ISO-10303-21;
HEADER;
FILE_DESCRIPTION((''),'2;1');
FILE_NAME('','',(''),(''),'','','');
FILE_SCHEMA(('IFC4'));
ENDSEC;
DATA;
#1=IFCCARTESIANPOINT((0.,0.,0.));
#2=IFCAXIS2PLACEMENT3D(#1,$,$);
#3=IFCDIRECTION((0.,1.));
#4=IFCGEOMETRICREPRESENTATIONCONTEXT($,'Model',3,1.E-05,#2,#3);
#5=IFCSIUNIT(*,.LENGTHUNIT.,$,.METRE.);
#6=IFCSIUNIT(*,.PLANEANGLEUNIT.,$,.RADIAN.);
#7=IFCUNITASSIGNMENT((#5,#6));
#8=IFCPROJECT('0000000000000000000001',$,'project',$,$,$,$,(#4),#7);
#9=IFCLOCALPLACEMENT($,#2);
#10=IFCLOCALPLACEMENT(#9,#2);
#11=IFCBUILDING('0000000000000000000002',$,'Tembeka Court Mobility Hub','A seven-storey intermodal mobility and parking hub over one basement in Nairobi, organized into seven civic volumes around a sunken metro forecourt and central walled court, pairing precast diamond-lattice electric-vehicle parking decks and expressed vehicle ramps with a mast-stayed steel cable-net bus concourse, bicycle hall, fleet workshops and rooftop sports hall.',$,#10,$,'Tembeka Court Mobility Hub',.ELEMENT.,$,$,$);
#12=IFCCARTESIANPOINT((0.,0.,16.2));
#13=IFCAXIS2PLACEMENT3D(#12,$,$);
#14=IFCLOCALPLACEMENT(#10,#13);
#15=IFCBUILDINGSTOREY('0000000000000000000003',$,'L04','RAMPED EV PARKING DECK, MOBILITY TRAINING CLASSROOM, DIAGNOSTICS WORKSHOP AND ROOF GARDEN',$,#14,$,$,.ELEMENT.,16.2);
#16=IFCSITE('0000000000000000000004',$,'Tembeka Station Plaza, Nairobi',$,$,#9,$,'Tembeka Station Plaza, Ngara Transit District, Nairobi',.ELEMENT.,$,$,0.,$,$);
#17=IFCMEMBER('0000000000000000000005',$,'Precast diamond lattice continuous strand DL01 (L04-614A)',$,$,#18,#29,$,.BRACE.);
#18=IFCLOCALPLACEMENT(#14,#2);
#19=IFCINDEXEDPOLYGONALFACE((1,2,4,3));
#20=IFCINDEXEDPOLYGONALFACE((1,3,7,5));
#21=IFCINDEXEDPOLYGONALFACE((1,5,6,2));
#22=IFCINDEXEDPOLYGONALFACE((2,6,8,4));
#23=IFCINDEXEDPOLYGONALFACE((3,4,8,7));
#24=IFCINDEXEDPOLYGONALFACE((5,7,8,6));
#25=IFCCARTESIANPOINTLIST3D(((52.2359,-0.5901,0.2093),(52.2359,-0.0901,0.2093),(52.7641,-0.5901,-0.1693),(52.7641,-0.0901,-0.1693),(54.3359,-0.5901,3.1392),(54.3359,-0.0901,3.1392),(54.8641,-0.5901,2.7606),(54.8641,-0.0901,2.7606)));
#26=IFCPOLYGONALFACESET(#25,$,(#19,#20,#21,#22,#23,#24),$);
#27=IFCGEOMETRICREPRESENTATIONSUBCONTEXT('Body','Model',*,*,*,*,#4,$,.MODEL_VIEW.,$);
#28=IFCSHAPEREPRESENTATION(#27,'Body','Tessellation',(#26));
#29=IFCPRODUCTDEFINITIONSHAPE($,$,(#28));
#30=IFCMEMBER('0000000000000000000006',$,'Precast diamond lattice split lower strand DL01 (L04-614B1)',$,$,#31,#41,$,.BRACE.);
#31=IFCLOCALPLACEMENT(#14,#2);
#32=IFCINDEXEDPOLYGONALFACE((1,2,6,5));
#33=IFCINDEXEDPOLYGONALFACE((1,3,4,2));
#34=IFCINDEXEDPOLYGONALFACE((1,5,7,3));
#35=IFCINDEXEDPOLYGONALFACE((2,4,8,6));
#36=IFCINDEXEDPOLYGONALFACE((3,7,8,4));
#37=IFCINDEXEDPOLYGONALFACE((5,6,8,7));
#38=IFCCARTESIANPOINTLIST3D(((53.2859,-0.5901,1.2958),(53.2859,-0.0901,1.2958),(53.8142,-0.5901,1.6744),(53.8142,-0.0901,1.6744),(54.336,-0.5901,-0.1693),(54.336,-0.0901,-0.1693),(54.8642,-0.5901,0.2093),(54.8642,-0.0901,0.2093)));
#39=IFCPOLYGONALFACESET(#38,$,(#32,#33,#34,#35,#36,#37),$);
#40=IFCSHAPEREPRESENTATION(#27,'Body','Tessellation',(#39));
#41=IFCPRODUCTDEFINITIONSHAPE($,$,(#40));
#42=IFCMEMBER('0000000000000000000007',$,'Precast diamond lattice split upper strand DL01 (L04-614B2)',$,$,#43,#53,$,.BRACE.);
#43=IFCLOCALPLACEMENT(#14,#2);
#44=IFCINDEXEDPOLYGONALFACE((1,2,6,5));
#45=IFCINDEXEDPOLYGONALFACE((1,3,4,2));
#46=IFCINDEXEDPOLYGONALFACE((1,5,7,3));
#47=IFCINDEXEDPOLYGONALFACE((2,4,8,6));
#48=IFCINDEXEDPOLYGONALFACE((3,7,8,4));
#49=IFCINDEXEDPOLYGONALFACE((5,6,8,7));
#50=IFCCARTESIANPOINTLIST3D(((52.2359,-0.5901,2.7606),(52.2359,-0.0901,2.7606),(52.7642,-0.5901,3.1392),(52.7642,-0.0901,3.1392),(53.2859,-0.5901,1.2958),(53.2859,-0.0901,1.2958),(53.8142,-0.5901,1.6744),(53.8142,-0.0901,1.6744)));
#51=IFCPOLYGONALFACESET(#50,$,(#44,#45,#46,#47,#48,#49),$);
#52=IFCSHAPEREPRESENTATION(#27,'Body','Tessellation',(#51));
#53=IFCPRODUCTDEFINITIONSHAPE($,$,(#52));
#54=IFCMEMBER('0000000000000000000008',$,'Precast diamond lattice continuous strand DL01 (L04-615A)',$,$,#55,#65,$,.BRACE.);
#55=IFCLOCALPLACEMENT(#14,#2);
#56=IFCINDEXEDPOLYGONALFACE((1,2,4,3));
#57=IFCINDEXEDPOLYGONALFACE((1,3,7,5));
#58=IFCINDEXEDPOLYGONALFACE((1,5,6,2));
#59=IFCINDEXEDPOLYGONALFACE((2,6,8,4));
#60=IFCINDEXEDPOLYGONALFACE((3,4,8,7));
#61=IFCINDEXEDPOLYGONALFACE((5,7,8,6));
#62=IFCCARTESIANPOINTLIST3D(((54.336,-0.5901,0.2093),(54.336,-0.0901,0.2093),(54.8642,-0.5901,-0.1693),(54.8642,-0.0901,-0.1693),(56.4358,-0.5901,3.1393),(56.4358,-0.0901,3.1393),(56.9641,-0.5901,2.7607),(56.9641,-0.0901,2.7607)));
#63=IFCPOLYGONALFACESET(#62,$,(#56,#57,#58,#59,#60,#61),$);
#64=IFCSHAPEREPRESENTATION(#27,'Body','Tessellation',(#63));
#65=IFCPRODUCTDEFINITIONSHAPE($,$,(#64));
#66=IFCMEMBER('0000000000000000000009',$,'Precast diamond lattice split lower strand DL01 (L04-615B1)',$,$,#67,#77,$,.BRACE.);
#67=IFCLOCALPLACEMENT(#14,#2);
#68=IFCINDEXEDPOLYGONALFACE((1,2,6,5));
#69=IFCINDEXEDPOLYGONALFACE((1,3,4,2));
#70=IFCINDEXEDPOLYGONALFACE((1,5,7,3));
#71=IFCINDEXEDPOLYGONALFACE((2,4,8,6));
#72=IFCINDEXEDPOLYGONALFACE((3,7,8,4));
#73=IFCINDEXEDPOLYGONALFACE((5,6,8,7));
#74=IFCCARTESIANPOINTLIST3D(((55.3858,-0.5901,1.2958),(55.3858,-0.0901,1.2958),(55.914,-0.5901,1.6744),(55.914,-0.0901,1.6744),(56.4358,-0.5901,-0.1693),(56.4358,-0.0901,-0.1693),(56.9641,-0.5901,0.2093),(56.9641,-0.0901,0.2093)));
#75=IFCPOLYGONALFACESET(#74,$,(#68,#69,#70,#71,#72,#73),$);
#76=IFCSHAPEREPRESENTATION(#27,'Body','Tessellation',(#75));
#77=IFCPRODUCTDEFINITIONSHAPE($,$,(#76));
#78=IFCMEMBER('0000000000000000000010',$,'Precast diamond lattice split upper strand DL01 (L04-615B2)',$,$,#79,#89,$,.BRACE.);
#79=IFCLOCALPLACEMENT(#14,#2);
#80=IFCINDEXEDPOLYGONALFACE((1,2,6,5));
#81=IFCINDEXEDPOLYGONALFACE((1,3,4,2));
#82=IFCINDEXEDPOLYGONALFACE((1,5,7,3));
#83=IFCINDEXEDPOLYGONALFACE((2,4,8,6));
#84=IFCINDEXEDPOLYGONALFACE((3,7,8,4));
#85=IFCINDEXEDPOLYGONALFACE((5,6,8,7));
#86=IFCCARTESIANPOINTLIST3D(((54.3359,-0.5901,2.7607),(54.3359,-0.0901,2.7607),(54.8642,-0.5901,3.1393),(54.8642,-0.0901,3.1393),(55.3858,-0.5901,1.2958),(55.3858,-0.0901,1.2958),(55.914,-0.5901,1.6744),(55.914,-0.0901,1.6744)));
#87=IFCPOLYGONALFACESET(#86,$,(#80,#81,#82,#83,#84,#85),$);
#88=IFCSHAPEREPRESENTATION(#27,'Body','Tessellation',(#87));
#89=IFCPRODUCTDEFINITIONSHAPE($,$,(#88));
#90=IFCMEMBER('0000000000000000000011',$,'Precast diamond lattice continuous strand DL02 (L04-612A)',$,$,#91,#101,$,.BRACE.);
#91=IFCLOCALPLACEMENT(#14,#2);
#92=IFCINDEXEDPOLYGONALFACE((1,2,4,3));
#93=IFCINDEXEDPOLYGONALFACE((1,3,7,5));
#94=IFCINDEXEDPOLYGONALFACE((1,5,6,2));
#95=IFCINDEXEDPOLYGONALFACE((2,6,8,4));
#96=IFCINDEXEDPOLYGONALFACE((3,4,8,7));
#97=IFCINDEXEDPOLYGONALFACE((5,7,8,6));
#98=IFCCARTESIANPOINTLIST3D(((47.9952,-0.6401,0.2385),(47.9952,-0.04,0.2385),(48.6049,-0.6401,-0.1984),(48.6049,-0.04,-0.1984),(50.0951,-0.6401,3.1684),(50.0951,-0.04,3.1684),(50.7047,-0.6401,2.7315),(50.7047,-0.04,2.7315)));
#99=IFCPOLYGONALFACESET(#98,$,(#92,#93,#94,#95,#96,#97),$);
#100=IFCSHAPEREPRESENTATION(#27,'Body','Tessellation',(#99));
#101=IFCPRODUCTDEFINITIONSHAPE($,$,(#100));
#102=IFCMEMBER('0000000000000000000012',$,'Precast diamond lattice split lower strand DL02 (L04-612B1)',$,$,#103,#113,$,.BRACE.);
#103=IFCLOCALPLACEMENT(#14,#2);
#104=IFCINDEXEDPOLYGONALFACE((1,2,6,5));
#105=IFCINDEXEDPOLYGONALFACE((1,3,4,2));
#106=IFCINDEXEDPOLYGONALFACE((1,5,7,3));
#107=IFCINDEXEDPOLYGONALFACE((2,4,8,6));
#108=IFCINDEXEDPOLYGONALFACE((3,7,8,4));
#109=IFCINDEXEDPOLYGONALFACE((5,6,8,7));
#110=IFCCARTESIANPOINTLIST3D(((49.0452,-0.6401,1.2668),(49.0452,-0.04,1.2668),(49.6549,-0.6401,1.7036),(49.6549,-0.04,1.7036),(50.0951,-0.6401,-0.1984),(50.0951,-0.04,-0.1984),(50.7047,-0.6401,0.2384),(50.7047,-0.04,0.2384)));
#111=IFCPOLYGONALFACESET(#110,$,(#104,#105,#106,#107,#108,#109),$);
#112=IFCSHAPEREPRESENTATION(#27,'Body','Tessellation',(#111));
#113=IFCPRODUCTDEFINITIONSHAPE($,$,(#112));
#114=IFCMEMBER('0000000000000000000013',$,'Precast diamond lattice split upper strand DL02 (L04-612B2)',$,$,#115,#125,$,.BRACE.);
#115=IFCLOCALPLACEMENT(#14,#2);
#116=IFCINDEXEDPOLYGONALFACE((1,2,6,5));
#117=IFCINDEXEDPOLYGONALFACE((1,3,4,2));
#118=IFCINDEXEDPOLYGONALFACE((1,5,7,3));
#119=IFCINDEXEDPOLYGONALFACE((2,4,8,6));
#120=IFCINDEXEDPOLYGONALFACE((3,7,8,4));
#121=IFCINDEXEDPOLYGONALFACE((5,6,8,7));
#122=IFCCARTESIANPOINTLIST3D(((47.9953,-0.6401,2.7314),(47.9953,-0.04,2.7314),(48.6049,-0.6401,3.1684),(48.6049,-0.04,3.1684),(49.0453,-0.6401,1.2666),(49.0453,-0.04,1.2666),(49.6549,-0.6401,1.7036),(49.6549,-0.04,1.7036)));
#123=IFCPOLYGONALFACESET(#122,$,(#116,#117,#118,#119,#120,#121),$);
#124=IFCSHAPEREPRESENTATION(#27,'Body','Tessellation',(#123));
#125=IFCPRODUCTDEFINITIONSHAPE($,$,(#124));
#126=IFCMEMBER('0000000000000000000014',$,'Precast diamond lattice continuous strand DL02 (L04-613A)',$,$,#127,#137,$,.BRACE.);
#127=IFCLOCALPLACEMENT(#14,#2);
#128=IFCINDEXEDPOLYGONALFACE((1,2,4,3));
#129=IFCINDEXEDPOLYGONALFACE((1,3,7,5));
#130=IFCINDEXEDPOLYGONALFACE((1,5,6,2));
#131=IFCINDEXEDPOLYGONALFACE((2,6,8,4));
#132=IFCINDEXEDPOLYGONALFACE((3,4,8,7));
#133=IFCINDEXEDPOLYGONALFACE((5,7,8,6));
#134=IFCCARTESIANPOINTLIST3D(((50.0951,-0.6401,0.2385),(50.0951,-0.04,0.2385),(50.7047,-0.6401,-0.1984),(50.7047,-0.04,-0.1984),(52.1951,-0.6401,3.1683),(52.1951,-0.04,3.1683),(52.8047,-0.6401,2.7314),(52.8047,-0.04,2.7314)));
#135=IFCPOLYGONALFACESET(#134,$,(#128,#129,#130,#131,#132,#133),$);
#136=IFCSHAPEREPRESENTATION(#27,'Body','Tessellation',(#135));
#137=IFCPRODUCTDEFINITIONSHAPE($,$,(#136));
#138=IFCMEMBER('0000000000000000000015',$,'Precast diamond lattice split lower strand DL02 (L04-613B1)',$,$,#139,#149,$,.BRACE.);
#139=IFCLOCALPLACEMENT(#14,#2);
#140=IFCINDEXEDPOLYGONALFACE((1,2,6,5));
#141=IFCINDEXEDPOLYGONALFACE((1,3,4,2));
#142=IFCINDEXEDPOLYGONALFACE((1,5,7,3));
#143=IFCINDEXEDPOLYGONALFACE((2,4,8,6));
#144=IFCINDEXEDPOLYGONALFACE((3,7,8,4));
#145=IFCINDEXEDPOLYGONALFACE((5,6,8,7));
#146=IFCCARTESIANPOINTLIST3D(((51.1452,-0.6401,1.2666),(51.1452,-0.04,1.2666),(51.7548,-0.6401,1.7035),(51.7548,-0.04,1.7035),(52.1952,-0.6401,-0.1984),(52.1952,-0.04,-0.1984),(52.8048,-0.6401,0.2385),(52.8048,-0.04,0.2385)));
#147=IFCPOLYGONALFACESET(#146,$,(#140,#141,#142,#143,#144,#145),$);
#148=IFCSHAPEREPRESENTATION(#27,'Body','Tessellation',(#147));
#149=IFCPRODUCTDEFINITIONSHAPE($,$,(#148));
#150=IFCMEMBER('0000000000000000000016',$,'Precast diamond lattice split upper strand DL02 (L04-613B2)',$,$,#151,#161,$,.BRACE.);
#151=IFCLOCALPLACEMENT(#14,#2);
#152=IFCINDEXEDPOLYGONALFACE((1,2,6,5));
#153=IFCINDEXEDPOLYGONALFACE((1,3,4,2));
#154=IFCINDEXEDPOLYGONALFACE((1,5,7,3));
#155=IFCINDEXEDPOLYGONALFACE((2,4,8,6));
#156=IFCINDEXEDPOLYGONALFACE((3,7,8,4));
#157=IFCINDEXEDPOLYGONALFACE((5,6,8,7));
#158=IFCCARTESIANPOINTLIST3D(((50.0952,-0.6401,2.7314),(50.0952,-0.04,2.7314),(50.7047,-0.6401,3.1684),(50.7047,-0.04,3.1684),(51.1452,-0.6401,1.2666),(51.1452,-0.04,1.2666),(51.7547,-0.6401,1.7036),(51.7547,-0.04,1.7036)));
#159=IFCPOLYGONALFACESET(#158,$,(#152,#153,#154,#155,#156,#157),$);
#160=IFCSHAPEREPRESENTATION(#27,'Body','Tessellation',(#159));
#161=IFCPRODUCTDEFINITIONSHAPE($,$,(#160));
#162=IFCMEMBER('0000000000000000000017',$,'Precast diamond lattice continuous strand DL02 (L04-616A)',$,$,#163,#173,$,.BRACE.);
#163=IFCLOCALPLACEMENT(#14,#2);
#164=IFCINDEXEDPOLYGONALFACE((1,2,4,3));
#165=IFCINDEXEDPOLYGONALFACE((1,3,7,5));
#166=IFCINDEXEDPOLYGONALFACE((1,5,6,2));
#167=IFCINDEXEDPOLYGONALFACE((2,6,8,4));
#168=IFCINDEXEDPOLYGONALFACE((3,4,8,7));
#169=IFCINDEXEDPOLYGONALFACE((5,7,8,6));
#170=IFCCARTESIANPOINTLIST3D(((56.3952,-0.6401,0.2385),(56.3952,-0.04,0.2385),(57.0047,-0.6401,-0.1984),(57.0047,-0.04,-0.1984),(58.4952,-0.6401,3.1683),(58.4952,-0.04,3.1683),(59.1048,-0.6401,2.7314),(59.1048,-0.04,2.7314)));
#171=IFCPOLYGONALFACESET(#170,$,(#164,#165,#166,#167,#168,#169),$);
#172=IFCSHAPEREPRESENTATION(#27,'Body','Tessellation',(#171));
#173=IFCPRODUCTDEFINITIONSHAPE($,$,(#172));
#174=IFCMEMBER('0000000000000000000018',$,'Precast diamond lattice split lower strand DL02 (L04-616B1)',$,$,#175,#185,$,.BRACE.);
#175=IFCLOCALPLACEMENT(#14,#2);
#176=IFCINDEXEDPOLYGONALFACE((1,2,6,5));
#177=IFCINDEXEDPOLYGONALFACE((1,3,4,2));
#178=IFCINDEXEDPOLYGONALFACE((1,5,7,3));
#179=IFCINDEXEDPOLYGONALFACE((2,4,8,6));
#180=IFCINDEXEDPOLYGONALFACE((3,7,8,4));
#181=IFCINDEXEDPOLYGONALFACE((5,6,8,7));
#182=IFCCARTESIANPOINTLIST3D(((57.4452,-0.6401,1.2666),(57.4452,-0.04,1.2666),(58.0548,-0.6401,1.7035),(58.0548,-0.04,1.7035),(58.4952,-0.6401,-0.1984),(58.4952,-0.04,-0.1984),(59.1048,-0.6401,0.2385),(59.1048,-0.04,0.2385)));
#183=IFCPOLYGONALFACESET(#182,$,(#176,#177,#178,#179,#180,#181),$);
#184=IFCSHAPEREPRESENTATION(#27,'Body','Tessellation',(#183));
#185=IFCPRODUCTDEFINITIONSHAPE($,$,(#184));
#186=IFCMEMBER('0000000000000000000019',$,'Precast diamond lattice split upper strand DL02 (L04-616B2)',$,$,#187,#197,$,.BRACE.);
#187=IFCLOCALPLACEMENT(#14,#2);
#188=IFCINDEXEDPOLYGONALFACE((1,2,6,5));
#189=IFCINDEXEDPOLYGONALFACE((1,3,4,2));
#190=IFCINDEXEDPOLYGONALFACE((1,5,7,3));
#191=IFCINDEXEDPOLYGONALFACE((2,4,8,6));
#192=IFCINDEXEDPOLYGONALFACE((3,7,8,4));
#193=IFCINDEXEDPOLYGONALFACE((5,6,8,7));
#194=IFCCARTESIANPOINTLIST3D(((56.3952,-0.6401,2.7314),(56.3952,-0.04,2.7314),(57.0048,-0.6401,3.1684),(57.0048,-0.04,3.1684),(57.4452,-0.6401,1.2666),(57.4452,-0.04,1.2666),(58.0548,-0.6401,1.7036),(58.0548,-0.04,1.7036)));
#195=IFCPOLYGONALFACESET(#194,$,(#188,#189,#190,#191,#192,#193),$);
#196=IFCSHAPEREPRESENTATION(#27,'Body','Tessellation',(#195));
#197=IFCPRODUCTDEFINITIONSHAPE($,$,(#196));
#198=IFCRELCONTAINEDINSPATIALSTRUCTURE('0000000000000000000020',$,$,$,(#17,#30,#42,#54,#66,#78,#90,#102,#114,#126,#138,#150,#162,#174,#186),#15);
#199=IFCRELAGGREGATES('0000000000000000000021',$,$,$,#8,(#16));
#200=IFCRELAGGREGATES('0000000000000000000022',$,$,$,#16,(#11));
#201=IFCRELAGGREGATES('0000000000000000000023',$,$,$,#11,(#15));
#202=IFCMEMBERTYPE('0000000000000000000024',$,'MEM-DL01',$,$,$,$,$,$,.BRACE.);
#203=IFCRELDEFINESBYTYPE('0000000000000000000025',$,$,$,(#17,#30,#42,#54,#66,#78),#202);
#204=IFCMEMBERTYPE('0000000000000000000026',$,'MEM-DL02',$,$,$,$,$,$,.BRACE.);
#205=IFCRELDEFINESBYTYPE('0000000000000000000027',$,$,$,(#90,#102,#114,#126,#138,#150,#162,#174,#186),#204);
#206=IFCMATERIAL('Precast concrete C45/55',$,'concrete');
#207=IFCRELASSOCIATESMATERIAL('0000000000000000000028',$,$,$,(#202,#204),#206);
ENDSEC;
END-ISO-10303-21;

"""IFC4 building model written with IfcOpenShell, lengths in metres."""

from ifc_helpers import new_model, si_unit, direction, frame, origin, origin_2d, place, context, subcontext, project, spatial, rectangle, extrude, material, material_profile, profile_set, type_object, element, save


model = new_model("IFC4")

# Units and contexts
model_context = context("Model", 3, precision=1e-05, world=origin(), true_north=direction((0.0, 1.0)))
body_context = subcontext(model_context, "Body", "Model", "MODEL_VIEW")
ifc_project = project(units=[si_unit("LENGTHUNIT", "METRE"), si_unit("PLANEANGLEUNIT", "RADIAN")], contexts=[model_context])

# Site, building, storey
site_placement = place(None, origin())
site = spatial("IfcSite", under=ifc_project, at=site_placement, Name="Tembeka Station Plaza, Nairobi", LongName="Tembeka Station Plaza, Ngara Transit District, Nairobi", CompositionType="ELEMENT", RefElevation=0.0)
building_placement = place(site_placement, origin())
building = spatial("IfcBuilding", under=site, at=building_placement, Name="Tembeka Court Mobility Hub", Description="A seven-storey intermodal mobility and parking hub over one basement in Nairobi, organized into seven civic volumes around a sunken metro forecourt and central walled court, pairing precast diamond-lattice electric-vehicle parking decks and expressed vehicle ramps with a mast-stayed steel cable-net bus concourse, bicycle hall, fleet workshops and rooftop sports hall.", LongName="Tembeka Court Mobility Hub", CompositionType="ELEMENT")
storey_placement = place(building_placement, frame((0.0, 0.0, 16.2)))
storey = spatial("IfcBuildingStorey", under=building, at=storey_placement, Name="L04", Description="RAMPED EV PARKING DECK, MOBILITY TRAINING CLASSROOM, DIAGNOSTICS WORKSHOP AND ROOF GARDEN", CompositionType="ELEMENT", Elevation=16.2)

# Shared definitions
ifc_material_1 = material(Name="Precast concrete C45/55", Category="concrete")

# Members
ifc_material_profile_1 = material_profile(ifc_material_1, rectangle(XDim=0.5, YDim=0.6499, at=origin_2d()), Name="PC-DIAG 500x650")
ifc_profile_set_1 = profile_set([ifc_material_profile_1], Name="Precast concrete C45/55")
member_type_1 = type_object("IfcMemberType", Name="MEM-DL01", PredefinedType="BRACE", material=ifc_profile_set_1)
member_1_placement = place(storey_placement, frame((52.5, -0.3401, 0.02), z_axis=(0.582576, 0.0, 0.812776), x_axis=(0.0, 1.0, 0.0)))
element("IfcMember", 1, at=member_1_placement, inside=storey, type_object=member_type_1, Name="Precast diamond lattice continuous strand DL01 (L04-614A)", PredefinedType="BRACE", context=body_context, shape_type="SweptSolid", body=[
    extrude(rectangle(XDim=0.5, YDim=0.6499, at=origin_2d()), origin(), (0.0, 0.0, 1.0), 3.6047),
])
member_2_placement = place(storey_placement, frame((54.6001, -0.3401, 0.02), z_axis=(-0.582544, 0.0, 0.812799), x_axis=(0.0, -1.0, 0.0)))
element("IfcMember", 2, at=member_2_placement, inside=storey, type_object=member_type_1, Name="Precast diamond lattice split lower strand DL01 (L04-614B1)", PredefinedType="BRACE", context=body_context, shape_type="SweptSolid", body=[
    extrude(rectangle(XDim=0.5, YDim=0.6499, at=origin_2d()), origin(), (0.0, 0.0, 1.0), 1.8025),
])
member_3_placement = place(storey_placement, frame((53.55, -0.3401, 1.4851), z_axis=(-0.582608, 0.0, 0.812753), x_axis=(0.0, -1.0, 0.0)))
element("IfcMember", 3, at=member_3_placement, inside=storey, type_object=member_type_1, Name="Precast diamond lattice split upper strand DL01 (L04-614B2)", PredefinedType="BRACE", context=body_context, shape_type="SweptSolid", body=[
    extrude(rectangle(XDim=0.5, YDim=0.6499, at=origin_2d()), origin(), (0.0, 0.0, 1.0), 1.8022),
])
member_4_placement = place(storey_placement, frame((54.6001, -0.3401, 0.02), z_axis=(0.582532, 0.0, 0.812808), x_axis=(0.0, 1.0, 0.0)))
element("IfcMember", 4, at=member_4_placement, inside=storey, type_object=member_type_1, Name="Precast diamond lattice continuous strand DL01 (L04-615A)", PredefinedType="BRACE", context=body_context, shape_type="SweptSolid", body=[
    extrude(rectangle(XDim=0.5, YDim=0.6499, at=origin_2d()), origin(), (0.0, 0.0, 1.0), 3.6047),
])
member_5_placement = place(storey_placement, frame((56.7, -0.3401, 0.02), z_axis=(-0.582544, 0.0, 0.812799), x_axis=(0.0, -1.0, 0.0)))
element("IfcMember", 5, at=member_5_placement, inside=storey, type_object=member_type_1, Name="Precast diamond lattice split lower strand DL01 (L04-615B1)", PredefinedType="BRACE", context=body_context, shape_type="SweptSolid", body=[
    extrude(rectangle(XDim=0.5, YDim=0.6499, at=origin_2d()), origin(), (0.0, 0.0, 1.0), 1.8025),
])
member_6_placement = place(storey_placement, frame((55.6499, -0.3401, 1.4851), z_axis=(-0.582519, 0.0, 0.812817), x_axis=(0.0, -1.0, 0.0)))
element("IfcMember", 6, at=member_6_placement, inside=storey, type_object=member_type_1, Name="Precast diamond lattice split upper strand DL01 (L04-615B2)", PredefinedType="BRACE", context=body_context, shape_type="SweptSolid", body=[
    extrude(rectangle(XDim=0.5, YDim=0.6499, at=origin_2d()), origin(), (0.0, 0.0, 1.0), 1.8022),
])
ifc_material_profile_2 = material_profile(ifc_material_1, rectangle(XDim=0.6001, YDim=0.75, at=origin_2d()), Name="PC-DIAG 600x750")
ifc_profile_set_2 = profile_set([ifc_material_profile_2], Name="Precast concrete C45/55")
member_type_2 = type_object("IfcMemberType", Name="MEM-DL02", PredefinedType="BRACE", material=ifc_profile_set_2)
member_7_placement = place(storey_placement, frame((48.3, -0.3401, 0.02), z_axis=(0.582532, 0.0, 0.812808), x_axis=(0.0, 1.0, 0.0)))
element("IfcMember", 7, at=member_7_placement, inside=storey, type_object=member_type_2, Name="Precast diamond lattice continuous strand DL02 (L04-612A)", PredefinedType="BRACE", context=body_context, shape_type="SweptSolid", body=[
    extrude(rectangle(XDim=0.6001, YDim=0.75, at=origin_2d()), origin(), (0.0, 0.0, 1.0), 3.6047),
])
member_8_placement = place(storey_placement, frame((50.3999, -0.3401, 0.02), z_axis=(-0.582455, 0.0, 0.812863), x_axis=(0.0, -1.0, 0.0)))
element("IfcMember", 8, at=member_8_placement, inside=storey, type_object=member_type_2, Name="Precast diamond lattice split lower strand DL02 (L04-612B1)", PredefinedType="BRACE", context=body_context, shape_type="SweptSolid", body=[
    extrude(rectangle(XDim=0.6001, YDim=0.75, at=origin_2d()), origin(), (0.0, 0.0, 1.0), 1.8025),
])
member_9_placement = place(storey_placement, frame((49.3501, -0.3401, 1.4851), z_axis=(-0.582608, 0.0, 0.812753), x_axis=(0.0, -1.0, 0.0)))
element("IfcMember", 9, at=member_9_placement, inside=storey, type_object=member_type_2, Name="Precast diamond lattice split upper strand DL02 (L04-612B2)", PredefinedType="BRACE", context=body_context, shape_type="SweptSolid", body=[
    extrude(rectangle(XDim=0.6001, YDim=0.75, at=origin_2d()), origin(), (0.0, 0.0, 1.0), 1.8022),
])
member_10_placement = place(storey_placement, frame((50.3999, -0.3401, 0.02), z_axis=(0.582576, 0.0, 0.812776), x_axis=(0.0, 1.0, 0.0)))
element("IfcMember", 10, at=member_10_placement, inside=storey, type_object=member_type_2, Name="Precast diamond lattice continuous strand DL02 (L04-613A)", PredefinedType="BRACE", context=body_context, shape_type="SweptSolid", body=[
    extrude(rectangle(XDim=0.6001, YDim=0.75, at=origin_2d()), origin(), (0.0, 0.0, 1.0), 3.6047),
])
member_11_placement = place(storey_placement, frame((52.5, -0.3401, 0.02), z_axis=(-0.582544, 0.0, 0.812799), x_axis=(0.0, -1.0, 0.0)))
element("IfcMember", 11, at=member_11_placement, inside=storey, type_object=member_type_2, Name="Precast diamond lattice split lower strand DL02 (L04-613B1)", PredefinedType="BRACE", context=body_context, shape_type="SweptSolid", body=[
    extrude(rectangle(XDim=0.6001, YDim=0.75, at=origin_2d()), origin(), (0.0, 0.0, 1.0), 1.8025),
])
member_12_placement = place(storey_placement, frame((51.45, -0.3401, 1.4851), z_axis=(-0.582608, 0.0, 0.812753), x_axis=(0.0, -1.0, 0.0)))
element("IfcMember", 12, at=member_12_placement, inside=storey, type_object=member_type_2, Name="Precast diamond lattice split upper strand DL02 (L04-613B2)", PredefinedType="BRACE", context=body_context, shape_type="SweptSolid", body=[
    extrude(rectangle(XDim=0.6001, YDim=0.75, at=origin_2d()), origin(), (0.0, 0.0, 1.0), 1.8022),
])
member_13_placement = place(storey_placement, frame((56.7, -0.3401, 0.02), z_axis=(0.582576, 0.0, 0.812776), x_axis=(0.0, 1.0, 0.0)))
element("IfcMember", 13, at=member_13_placement, inside=storey, type_object=member_type_2, Name="Precast diamond lattice continuous strand DL02 (L04-616A)", PredefinedType="BRACE", context=body_context, shape_type="SweptSolid", body=[
    extrude(rectangle(XDim=0.6001, YDim=0.75, at=origin_2d()), origin(), (0.0, 0.0, 1.0), 3.6047),
])
member_14_placement = place(storey_placement, frame((58.8, -0.3401, 0.02), z_axis=(-0.582544, 0.0, 0.812799), x_axis=(0.0, -1.0, 0.0)))
element("IfcMember", 14, at=member_14_placement, inside=storey, type_object=member_type_2, Name="Precast diamond lattice split lower strand DL02 (L04-616B1)", PredefinedType="BRACE", context=body_context, shape_type="SweptSolid", body=[
    extrude(rectangle(XDim=0.6001, YDim=0.75, at=origin_2d()), origin(), (0.0, 0.0, 1.0), 1.8025),
])
member_15_placement = place(storey_placement, frame((57.75, -0.3401, 1.4851), z_axis=(-0.582608, 0.0, 0.812753), x_axis=(0.0, -1.0, 0.0)))
element("IfcMember", 15, at=member_15_placement, inside=storey, type_object=member_type_2, Name="Precast diamond lattice split upper strand DL02 (L04-616B2)", PredefinedType="BRACE", context=body_context, shape_type="SweptSolid", body=[
    extrude(rectangle(XDim=0.6001, YDim=0.75, at=origin_2d()), origin(), (0.0, 0.0, 1.0), 1.8022),
])

save(model, "model.ifc")
